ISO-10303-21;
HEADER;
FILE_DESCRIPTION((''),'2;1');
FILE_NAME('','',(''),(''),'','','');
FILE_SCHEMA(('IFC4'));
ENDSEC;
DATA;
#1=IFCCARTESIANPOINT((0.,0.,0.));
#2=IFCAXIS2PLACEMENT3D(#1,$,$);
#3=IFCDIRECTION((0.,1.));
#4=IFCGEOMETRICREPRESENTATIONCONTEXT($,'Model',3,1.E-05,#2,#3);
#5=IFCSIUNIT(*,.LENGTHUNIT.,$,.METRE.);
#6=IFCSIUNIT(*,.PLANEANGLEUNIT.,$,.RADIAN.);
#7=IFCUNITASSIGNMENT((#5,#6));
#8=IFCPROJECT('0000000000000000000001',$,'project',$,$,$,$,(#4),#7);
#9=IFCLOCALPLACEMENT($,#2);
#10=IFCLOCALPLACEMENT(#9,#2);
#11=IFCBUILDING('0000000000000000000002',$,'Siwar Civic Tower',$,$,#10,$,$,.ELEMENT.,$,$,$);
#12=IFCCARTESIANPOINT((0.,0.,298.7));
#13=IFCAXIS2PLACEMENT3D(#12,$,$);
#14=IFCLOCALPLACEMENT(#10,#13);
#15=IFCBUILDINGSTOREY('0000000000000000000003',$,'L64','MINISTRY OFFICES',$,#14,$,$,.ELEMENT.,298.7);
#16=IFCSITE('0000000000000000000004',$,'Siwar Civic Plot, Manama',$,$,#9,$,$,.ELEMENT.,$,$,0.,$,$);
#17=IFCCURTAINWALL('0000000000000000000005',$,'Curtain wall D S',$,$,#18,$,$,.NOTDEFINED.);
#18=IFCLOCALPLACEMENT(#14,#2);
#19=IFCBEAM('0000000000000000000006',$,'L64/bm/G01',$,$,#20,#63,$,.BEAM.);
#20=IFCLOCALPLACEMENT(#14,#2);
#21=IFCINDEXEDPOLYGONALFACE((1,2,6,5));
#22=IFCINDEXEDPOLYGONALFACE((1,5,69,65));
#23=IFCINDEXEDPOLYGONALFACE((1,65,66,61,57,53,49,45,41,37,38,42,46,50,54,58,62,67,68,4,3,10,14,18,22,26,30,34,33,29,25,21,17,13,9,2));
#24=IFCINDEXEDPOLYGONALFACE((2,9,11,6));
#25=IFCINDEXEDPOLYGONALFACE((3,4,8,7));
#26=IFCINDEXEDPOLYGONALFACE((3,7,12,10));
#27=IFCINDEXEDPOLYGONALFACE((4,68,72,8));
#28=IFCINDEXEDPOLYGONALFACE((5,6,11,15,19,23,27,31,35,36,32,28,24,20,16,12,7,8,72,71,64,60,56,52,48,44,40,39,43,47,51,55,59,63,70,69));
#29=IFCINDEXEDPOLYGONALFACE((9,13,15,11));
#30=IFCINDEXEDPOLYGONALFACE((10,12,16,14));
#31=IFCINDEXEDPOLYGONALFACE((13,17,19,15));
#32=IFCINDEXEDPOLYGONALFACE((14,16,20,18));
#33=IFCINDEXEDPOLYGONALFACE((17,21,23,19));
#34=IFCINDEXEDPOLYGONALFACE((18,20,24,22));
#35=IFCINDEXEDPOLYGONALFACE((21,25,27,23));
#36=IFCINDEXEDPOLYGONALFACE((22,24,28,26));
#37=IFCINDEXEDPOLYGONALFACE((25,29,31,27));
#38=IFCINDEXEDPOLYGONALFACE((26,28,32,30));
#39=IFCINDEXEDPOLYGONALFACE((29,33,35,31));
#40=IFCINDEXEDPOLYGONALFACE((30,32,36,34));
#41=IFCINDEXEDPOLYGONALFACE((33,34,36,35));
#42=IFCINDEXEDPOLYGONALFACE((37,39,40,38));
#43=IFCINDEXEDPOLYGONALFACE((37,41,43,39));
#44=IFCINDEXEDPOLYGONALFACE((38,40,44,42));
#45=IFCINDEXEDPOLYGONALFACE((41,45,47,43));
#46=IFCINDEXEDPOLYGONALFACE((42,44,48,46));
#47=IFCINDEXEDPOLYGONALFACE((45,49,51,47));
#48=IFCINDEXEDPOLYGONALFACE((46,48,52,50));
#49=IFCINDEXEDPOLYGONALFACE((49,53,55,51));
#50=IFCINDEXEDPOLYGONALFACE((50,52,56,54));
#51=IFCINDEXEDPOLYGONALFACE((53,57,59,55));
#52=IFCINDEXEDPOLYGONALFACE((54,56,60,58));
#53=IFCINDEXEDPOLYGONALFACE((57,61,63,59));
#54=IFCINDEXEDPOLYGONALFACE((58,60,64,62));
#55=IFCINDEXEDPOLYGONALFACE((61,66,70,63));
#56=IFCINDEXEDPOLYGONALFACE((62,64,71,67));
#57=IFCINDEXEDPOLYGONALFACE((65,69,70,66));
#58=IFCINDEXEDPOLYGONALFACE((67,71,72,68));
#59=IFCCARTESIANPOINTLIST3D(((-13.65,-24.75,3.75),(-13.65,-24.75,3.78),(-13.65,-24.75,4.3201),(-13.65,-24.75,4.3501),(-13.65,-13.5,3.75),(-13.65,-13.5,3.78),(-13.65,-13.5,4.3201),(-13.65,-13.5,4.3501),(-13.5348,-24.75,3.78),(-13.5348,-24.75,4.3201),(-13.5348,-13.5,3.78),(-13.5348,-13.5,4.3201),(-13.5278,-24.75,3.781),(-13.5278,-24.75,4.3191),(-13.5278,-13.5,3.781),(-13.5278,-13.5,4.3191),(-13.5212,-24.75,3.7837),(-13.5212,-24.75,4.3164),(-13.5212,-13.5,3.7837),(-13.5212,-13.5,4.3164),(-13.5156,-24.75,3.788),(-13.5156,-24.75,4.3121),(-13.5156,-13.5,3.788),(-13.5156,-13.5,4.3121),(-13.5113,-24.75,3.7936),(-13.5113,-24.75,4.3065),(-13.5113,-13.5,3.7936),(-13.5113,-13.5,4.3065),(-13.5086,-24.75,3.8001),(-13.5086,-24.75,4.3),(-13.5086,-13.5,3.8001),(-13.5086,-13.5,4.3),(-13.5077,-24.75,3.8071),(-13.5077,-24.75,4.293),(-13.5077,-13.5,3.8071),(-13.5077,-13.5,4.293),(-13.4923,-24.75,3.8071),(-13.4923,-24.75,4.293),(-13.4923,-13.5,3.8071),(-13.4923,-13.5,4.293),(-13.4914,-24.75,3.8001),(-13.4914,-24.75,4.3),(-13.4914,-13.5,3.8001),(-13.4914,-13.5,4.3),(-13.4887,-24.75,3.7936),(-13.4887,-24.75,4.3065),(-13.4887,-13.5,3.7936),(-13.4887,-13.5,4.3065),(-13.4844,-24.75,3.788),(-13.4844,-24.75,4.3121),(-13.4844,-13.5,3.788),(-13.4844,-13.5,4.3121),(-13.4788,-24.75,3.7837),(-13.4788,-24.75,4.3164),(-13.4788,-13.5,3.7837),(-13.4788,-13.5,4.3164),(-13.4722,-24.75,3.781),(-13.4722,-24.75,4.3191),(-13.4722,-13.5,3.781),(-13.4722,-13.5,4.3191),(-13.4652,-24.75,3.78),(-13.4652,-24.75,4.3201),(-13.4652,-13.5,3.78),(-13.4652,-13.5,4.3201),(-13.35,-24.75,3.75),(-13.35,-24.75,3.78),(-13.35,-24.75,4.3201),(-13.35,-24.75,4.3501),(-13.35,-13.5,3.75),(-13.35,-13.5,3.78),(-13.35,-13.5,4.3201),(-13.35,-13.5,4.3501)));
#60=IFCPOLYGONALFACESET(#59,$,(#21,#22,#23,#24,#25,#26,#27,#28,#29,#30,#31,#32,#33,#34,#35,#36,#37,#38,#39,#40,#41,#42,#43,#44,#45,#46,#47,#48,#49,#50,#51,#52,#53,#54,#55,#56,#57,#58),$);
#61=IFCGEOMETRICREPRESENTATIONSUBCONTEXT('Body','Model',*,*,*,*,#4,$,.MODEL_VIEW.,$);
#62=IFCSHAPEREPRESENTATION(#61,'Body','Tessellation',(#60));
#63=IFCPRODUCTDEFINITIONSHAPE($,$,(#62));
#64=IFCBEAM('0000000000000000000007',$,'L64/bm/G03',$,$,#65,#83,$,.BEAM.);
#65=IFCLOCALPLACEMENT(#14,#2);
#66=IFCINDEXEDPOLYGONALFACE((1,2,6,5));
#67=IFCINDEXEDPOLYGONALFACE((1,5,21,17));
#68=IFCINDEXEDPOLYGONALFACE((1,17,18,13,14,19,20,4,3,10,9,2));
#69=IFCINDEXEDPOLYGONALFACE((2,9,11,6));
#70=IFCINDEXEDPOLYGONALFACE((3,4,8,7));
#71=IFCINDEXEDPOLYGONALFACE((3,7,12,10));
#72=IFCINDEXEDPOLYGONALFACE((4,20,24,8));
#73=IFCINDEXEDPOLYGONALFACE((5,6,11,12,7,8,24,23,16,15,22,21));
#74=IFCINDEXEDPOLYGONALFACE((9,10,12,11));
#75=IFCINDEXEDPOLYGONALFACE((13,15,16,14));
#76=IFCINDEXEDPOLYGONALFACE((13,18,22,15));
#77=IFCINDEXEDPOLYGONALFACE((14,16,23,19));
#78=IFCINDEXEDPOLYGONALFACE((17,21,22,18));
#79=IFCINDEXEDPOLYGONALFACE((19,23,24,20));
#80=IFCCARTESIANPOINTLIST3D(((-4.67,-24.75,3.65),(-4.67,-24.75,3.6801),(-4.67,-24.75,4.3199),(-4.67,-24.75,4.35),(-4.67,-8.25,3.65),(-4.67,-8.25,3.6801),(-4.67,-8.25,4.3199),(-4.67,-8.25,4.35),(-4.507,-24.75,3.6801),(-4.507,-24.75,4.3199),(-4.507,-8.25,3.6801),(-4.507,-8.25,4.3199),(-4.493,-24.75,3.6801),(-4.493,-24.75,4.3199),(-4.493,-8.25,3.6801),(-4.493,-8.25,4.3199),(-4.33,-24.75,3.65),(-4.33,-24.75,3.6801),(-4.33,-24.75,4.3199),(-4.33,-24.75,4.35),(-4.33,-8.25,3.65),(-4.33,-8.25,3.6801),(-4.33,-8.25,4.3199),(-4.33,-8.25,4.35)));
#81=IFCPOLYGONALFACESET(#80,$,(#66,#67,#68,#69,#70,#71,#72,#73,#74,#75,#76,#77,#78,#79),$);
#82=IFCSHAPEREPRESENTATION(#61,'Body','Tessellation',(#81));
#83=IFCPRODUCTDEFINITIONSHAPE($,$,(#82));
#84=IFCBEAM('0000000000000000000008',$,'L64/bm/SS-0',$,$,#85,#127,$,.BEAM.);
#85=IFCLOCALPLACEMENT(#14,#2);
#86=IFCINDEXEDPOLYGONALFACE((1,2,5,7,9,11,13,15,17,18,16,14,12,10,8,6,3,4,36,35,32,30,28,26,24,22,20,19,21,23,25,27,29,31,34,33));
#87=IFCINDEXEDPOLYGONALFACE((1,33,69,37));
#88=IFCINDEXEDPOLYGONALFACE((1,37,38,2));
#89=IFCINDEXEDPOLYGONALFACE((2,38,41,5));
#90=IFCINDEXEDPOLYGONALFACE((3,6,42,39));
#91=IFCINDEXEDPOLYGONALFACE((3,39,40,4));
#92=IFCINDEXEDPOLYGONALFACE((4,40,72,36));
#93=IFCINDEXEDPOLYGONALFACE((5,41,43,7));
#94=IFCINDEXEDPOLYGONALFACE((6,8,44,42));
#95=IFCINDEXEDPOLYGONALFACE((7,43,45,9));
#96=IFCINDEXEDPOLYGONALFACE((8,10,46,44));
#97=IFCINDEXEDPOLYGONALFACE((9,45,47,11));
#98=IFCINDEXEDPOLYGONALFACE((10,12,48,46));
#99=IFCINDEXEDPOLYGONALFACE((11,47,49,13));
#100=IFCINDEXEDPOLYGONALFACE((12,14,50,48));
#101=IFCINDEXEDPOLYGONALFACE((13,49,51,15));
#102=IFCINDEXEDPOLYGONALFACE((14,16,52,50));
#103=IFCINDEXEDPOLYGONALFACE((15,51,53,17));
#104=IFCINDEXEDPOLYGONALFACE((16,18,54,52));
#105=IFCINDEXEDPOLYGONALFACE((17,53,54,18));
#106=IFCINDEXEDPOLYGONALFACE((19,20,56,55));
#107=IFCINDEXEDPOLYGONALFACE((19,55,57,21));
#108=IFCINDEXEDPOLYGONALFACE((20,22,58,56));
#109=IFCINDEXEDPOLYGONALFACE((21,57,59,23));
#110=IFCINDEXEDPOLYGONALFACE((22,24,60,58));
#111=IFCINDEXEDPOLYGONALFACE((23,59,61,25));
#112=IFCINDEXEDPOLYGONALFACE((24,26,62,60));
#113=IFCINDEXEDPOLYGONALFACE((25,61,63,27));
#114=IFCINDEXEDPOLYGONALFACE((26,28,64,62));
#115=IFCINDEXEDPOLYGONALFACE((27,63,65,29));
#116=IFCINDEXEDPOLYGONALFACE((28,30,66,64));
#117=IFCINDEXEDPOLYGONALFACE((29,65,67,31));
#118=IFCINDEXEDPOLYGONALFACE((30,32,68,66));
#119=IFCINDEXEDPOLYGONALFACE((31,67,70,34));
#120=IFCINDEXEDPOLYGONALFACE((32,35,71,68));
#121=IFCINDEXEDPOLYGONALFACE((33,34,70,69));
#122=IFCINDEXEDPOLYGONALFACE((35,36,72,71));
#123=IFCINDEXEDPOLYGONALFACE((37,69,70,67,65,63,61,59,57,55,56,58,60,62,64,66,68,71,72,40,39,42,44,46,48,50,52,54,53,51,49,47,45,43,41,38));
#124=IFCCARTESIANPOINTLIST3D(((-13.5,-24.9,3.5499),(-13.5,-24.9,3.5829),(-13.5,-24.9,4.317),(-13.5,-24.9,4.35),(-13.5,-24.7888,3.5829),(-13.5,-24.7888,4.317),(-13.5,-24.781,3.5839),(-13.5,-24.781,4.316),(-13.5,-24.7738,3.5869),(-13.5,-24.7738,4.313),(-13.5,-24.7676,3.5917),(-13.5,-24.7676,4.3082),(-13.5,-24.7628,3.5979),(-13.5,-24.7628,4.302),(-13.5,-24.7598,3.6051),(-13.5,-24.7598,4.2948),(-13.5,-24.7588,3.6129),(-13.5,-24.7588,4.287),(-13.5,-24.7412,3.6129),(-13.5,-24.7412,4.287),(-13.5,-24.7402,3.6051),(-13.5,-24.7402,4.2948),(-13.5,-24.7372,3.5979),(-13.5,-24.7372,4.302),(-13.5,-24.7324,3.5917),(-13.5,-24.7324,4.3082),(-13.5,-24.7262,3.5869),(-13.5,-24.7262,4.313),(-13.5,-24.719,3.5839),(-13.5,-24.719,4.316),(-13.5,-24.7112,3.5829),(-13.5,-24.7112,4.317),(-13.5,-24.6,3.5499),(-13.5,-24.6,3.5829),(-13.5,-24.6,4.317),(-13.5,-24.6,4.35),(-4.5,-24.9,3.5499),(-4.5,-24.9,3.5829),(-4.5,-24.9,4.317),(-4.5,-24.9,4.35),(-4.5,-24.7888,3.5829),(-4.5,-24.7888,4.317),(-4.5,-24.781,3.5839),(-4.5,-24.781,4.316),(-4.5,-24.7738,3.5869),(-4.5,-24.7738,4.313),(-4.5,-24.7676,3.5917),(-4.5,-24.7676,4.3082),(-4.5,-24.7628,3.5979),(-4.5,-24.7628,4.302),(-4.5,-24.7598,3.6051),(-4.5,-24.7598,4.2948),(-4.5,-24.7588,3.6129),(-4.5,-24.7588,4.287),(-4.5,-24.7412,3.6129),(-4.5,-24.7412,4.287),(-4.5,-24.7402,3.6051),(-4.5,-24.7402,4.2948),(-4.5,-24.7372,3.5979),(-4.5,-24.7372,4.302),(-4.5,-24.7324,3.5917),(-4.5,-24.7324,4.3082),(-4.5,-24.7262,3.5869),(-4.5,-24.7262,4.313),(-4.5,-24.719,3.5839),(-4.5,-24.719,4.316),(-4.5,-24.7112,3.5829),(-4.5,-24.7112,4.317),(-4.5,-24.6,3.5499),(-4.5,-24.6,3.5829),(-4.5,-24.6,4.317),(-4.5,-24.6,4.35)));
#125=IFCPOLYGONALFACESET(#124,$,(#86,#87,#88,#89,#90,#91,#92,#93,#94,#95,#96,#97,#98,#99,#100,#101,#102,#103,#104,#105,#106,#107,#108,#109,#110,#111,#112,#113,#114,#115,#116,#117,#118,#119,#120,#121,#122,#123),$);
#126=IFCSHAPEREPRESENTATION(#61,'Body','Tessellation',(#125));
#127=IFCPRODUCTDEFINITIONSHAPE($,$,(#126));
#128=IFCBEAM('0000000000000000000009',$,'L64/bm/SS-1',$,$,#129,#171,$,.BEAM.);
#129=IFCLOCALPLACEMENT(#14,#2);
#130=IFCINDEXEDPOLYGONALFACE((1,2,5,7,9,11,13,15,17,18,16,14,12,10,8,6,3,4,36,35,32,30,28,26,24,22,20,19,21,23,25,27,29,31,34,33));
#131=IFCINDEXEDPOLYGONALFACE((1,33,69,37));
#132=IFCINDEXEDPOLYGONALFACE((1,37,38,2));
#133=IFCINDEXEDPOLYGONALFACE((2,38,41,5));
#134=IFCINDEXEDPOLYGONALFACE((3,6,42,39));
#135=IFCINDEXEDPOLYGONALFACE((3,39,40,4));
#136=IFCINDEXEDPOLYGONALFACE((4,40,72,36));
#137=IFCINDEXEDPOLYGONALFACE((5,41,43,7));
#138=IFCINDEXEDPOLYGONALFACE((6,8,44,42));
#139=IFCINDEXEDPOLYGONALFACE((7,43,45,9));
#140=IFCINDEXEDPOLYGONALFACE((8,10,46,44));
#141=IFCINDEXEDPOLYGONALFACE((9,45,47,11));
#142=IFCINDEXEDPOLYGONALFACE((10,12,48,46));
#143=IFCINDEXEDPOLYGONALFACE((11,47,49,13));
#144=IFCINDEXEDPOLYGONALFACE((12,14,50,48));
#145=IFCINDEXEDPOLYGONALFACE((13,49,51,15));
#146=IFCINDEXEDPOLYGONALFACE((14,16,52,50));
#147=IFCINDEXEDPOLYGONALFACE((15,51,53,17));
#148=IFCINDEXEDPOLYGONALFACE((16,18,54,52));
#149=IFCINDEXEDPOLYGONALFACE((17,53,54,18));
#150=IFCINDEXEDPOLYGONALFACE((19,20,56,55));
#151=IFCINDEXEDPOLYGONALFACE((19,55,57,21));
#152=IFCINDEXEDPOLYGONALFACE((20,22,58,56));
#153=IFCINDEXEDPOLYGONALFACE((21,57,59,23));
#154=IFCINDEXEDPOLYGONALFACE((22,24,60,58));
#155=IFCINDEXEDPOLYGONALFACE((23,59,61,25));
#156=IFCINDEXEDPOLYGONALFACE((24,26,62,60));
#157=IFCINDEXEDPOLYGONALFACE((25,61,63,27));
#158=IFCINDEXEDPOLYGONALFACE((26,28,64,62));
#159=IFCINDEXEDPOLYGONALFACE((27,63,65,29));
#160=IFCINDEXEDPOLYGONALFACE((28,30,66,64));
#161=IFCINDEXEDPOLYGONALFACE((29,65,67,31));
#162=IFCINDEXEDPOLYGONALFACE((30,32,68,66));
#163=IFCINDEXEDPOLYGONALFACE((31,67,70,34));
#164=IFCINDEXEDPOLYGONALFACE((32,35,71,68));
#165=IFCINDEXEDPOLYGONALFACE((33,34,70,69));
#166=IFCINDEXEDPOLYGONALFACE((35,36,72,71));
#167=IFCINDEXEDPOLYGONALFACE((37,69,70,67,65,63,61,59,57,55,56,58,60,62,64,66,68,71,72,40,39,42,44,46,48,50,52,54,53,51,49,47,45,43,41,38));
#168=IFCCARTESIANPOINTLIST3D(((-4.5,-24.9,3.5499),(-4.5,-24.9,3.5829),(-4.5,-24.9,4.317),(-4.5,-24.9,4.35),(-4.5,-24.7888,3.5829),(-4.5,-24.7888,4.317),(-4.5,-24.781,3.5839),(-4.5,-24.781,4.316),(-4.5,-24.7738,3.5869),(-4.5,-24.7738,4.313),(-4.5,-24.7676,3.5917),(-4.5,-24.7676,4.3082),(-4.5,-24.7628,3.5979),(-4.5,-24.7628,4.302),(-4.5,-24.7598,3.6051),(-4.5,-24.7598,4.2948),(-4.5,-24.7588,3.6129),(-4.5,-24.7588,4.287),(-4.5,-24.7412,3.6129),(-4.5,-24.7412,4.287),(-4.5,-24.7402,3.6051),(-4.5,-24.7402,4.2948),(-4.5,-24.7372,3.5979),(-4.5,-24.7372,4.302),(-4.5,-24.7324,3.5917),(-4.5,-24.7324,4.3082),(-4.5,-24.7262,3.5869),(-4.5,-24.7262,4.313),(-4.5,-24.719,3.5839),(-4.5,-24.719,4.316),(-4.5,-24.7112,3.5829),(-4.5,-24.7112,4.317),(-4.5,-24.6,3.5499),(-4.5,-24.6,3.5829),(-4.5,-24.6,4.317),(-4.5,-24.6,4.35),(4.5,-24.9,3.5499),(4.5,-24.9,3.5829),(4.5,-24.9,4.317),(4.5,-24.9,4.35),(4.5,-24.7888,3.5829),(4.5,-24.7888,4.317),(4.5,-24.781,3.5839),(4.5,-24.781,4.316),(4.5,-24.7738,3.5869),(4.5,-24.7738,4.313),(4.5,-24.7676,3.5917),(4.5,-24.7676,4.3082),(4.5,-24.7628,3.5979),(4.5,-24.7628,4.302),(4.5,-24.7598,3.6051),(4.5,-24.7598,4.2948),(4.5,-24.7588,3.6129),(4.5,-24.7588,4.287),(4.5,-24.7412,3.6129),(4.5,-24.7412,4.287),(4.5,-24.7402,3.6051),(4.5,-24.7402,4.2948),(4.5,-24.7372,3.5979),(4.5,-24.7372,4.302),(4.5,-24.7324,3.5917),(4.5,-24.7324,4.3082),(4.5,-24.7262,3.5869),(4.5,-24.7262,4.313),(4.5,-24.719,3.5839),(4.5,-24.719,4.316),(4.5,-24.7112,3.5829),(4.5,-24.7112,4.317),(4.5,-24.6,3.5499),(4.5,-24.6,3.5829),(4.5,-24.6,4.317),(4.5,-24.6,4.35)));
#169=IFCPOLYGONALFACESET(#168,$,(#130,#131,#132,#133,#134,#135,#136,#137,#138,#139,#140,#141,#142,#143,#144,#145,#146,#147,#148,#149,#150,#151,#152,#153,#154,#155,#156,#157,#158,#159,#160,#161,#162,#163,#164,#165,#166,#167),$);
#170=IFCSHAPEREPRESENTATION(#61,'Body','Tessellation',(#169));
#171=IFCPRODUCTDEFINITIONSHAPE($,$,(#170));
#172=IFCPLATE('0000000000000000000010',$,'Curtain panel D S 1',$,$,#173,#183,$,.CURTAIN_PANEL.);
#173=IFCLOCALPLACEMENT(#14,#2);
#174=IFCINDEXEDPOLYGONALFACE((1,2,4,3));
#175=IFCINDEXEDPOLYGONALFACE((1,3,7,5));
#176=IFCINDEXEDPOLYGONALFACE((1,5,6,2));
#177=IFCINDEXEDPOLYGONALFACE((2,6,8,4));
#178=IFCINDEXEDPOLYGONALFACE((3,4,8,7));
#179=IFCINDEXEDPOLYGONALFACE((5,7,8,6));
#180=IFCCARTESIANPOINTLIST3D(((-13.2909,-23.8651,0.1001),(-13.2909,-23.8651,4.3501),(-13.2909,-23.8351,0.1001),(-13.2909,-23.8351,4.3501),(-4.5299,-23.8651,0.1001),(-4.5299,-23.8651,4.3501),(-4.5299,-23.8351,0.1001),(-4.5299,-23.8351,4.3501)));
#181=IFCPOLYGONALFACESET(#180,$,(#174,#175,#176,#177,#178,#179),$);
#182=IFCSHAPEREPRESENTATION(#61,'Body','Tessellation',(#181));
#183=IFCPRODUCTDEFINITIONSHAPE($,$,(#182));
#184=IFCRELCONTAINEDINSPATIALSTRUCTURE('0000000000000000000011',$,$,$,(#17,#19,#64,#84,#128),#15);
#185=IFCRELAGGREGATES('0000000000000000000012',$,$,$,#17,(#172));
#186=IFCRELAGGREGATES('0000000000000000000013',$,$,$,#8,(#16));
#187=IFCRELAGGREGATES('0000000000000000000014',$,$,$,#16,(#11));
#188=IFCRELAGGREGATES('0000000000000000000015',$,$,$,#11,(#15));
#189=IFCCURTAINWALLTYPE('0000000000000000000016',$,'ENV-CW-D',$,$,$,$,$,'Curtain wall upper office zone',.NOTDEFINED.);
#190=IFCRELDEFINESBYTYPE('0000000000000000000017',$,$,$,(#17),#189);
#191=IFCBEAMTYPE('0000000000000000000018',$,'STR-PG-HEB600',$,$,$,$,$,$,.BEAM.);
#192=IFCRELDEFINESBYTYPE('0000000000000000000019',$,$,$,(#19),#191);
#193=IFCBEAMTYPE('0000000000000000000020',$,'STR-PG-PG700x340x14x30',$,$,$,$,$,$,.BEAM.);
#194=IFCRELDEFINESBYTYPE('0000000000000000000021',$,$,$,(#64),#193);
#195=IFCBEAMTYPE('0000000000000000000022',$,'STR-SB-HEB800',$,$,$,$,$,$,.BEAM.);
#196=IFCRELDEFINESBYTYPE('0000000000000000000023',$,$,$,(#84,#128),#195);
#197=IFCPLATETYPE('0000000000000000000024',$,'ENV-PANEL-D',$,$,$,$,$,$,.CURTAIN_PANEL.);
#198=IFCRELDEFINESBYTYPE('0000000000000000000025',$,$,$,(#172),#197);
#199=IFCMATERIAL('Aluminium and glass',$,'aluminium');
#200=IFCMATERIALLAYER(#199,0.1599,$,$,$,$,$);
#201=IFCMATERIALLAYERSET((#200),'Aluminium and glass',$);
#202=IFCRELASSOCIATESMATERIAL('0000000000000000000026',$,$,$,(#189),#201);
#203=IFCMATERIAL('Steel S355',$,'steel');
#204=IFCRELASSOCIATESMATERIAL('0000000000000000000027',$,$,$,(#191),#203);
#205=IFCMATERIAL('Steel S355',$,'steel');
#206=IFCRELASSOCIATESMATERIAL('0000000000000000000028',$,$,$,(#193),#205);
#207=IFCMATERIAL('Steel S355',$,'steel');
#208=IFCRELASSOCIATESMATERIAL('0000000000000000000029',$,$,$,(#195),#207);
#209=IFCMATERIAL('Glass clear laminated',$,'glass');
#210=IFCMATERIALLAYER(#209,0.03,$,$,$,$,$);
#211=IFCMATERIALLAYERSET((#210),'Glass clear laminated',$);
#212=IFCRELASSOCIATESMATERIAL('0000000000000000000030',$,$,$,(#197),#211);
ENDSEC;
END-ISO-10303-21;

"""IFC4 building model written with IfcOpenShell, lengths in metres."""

from ifc_helpers import new_model, si_unit, direction, frame, origin, origin_2d, place, context, subcontext, project, spatial, rectangle, i_section, extrude, material, layer, layer_set, material_profile, profile_set, type_object, element, aggregate, save


model = new_model("IFC4")

# Units and contexts
model_context = context("Model", 3, precision=1e-05, world=origin(), true_north=direction((0.0, 1.0)))
body_context = subcontext(model_context, "Body", "Model", "MODEL_VIEW")
ifc_project = project(units=[si_unit("LENGTHUNIT", "METRE"), si_unit("PLANEANGLEUNIT", "RADIAN")], contexts=[model_context])

# Site, building, storey
site_placement = place(None, origin())
site = spatial("IfcSite", under=ifc_project, at=site_placement, Name="Siwar Civic Plot, Manama", CompositionType="ELEMENT", RefElevation=0.0)
building_placement = place(site_placement, origin())
building = spatial("IfcBuilding", under=site, at=building_placement, Name="Siwar Civic Tower", CompositionType="ELEMENT")
storey_placement = place(building_placement, frame((0.0, 0.0, 298.7)))
storey = spatial("IfcBuildingStorey", under=building, at=storey_placement, Name="L64", Description="MINISTRY OFFICES", CompositionType="ELEMENT", Elevation=298.7)

# Curtain wall
ifc_material_1 = material(Name="Aluminium and glass", Category="aluminium")
ifc_layer_1 = layer(ifc_material_1, 0.1599)
ifc_layer_set_1 = layer_set([ifc_layer_1], Name="Aluminium and glass")
curtain_wall_type = type_object("IfcCurtainWallType", Name="ENV-CW-D", ElementType="Curtain wall upper office zone", PredefinedType="NOTDEFINED", material=ifc_layer_set_1)
curtain_wall_placement = place(storey_placement, origin())
curtain_wall = element("IfcCurtainWall", 1, at=curtain_wall_placement, inside=storey, type_object=curtain_wall_type, Name="Curtain wall D S", PredefinedType="NOTDEFINED")

# Beams
ifc_material_2 = material(Name="Steel S355", Category="steel")
ifc_material_profile_1 = material_profile(ifc_material_2, i_section(OverallWidth=0.3, OverallDepth=0.6001, WebThickness=0.0154, FlangeThickness=0.03, FilletRadius=0.0271, at=origin_2d()), Name="HEB600")
ifc_profile_set_1 = profile_set([ifc_material_profile_1], Name="Steel S355")
beam_type_1 = type_object("IfcBeamType", Name="STR-PG-HEB600", PredefinedType="BEAM", material=ifc_profile_set_1)
beam_1_placement = place(storey_placement, frame((-13.5, -24.75, 4.05), z_axis=(0.0, 1.0, 0.0), x_axis=(-1.0, 0.0, 0.0)))
element("IfcBeam", 2, at=beam_1_placement, inside=storey, type_object=beam_type_1, Name="L64/bm/G01", PredefinedType="BEAM", context=body_context, shape_type="SweptSolid", body=[
    extrude(i_section(OverallWidth=0.3, OverallDepth=0.6001, WebThickness=0.0154, FlangeThickness=0.03, FilletRadius=0.0271, at=origin_2d()), origin(), (0.0, 0.0, 1.0), 11.25),
])
ifc_material_3 = material(Name="Steel S355", Category="steel")
ifc_material_profile_2 = material_profile(ifc_material_3, i_section(OverallWidth=0.3401, OverallDepth=0.7, WebThickness=0.0139, FlangeThickness=0.03, at=origin_2d()), Name="PG700x340x14x30")
ifc_profile_set_2 = profile_set([ifc_material_profile_2], Name="Steel S355")
beam_type_2 = type_object("IfcBeamType", Name="STR-PG-PG700x340x14x30", PredefinedType="BEAM", material=ifc_profile_set_2)
beam_2_placement = place(storey_placement, frame((-4.5, -24.75, 4.0), z_axis=(0.0, 1.0, 0.0), x_axis=(-1.0, 0.0, 0.0)))
element("IfcBeam", 3, at=beam_2_placement, inside=storey, type_object=beam_type_2, Name="L64/bm/G03", PredefinedType="BEAM", context=body_context, shape_type="SweptSolid", body=[
    extrude(i_section(OverallWidth=0.3401, OverallDepth=0.7, WebThickness=0.0139, FlangeThickness=0.03, at=origin_2d()), origin(), (0.0, 0.0, 1.0), 16.5),
])
ifc_material_4 = material(Name="Steel S355", Category="steel")
ifc_material_profile_3 = material_profile(ifc_material_4, i_section(OverallWidth=0.3, OverallDepth=0.8, WebThickness=0.0176, FlangeThickness=0.033, FilletRadius=0.03, at=origin_2d()), Name="HEB800")
ifc_profile_set_3 = profile_set([ifc_material_profile_3], Name="Steel S355")
beam_type_3 = type_object("IfcBeamType", Name="STR-SB-HEB800", PredefinedType="BEAM", material=ifc_profile_set_3)
for number, where, z_axis, x_axis, name in (
    (4, (-13.5, -24.75, 3.95), (1.0, 0.0, 0.0), (0.0, 1.0, 0.0), "L64/bm/SS-0"),
    (5, (-4.5, -24.75, 3.95), (1.0, 0.0, 0.0), (0.0, 1.0, 0.0), "L64/bm/SS-1"),
):
    element("IfcBeam", number, at=place(storey_placement, frame(where, z_axis=z_axis, x_axis=x_axis)), inside=storey, type_object=beam_type_3, Name=name, PredefinedType="BEAM", context=body_context, shape_type="SweptSolid", body=[
        extrude(i_section(OverallWidth=0.3, OverallDepth=0.8, WebThickness=0.0176, FlangeThickness=0.033, FilletRadius=0.03, at=origin_2d()), origin(), (0.0, 0.0, 1.0), 9.0),
    ])

# Plate
ifc_material_5 = material(Name="Glass clear laminated", Category="glass")
ifc_layer_2 = layer(ifc_material_5, 0.03)
ifc_layer_set_2 = layer_set([ifc_layer_2], Name="Glass clear laminated")
plate_type = type_object("IfcPlateType", Name="ENV-PANEL-D", PredefinedType="CURTAIN_PANEL", material=ifc_layer_set_2)
plate_placement = place(storey_placement, frame((-8.9104, -23.8501, 0.1001), z_axis=(0.0, 0.0, 1.0), x_axis=(1.0, 0.0, 0.0)))
plate = element("IfcPlate", 6, at=plate_placement, type_object=plate_type, Name="Curtain panel D S 1", PredefinedType="CURTAIN_PANEL", context=body_context, shape_type="SweptSolid", body=[
    extrude(rectangle(XDim=8.761, YDim=0.03, at=origin_2d()), origin(), (0.0, 0.0, 1.0), 4.25),
])
aggregate(curtain_wall, [plate])

save(model, "model.ifc")
